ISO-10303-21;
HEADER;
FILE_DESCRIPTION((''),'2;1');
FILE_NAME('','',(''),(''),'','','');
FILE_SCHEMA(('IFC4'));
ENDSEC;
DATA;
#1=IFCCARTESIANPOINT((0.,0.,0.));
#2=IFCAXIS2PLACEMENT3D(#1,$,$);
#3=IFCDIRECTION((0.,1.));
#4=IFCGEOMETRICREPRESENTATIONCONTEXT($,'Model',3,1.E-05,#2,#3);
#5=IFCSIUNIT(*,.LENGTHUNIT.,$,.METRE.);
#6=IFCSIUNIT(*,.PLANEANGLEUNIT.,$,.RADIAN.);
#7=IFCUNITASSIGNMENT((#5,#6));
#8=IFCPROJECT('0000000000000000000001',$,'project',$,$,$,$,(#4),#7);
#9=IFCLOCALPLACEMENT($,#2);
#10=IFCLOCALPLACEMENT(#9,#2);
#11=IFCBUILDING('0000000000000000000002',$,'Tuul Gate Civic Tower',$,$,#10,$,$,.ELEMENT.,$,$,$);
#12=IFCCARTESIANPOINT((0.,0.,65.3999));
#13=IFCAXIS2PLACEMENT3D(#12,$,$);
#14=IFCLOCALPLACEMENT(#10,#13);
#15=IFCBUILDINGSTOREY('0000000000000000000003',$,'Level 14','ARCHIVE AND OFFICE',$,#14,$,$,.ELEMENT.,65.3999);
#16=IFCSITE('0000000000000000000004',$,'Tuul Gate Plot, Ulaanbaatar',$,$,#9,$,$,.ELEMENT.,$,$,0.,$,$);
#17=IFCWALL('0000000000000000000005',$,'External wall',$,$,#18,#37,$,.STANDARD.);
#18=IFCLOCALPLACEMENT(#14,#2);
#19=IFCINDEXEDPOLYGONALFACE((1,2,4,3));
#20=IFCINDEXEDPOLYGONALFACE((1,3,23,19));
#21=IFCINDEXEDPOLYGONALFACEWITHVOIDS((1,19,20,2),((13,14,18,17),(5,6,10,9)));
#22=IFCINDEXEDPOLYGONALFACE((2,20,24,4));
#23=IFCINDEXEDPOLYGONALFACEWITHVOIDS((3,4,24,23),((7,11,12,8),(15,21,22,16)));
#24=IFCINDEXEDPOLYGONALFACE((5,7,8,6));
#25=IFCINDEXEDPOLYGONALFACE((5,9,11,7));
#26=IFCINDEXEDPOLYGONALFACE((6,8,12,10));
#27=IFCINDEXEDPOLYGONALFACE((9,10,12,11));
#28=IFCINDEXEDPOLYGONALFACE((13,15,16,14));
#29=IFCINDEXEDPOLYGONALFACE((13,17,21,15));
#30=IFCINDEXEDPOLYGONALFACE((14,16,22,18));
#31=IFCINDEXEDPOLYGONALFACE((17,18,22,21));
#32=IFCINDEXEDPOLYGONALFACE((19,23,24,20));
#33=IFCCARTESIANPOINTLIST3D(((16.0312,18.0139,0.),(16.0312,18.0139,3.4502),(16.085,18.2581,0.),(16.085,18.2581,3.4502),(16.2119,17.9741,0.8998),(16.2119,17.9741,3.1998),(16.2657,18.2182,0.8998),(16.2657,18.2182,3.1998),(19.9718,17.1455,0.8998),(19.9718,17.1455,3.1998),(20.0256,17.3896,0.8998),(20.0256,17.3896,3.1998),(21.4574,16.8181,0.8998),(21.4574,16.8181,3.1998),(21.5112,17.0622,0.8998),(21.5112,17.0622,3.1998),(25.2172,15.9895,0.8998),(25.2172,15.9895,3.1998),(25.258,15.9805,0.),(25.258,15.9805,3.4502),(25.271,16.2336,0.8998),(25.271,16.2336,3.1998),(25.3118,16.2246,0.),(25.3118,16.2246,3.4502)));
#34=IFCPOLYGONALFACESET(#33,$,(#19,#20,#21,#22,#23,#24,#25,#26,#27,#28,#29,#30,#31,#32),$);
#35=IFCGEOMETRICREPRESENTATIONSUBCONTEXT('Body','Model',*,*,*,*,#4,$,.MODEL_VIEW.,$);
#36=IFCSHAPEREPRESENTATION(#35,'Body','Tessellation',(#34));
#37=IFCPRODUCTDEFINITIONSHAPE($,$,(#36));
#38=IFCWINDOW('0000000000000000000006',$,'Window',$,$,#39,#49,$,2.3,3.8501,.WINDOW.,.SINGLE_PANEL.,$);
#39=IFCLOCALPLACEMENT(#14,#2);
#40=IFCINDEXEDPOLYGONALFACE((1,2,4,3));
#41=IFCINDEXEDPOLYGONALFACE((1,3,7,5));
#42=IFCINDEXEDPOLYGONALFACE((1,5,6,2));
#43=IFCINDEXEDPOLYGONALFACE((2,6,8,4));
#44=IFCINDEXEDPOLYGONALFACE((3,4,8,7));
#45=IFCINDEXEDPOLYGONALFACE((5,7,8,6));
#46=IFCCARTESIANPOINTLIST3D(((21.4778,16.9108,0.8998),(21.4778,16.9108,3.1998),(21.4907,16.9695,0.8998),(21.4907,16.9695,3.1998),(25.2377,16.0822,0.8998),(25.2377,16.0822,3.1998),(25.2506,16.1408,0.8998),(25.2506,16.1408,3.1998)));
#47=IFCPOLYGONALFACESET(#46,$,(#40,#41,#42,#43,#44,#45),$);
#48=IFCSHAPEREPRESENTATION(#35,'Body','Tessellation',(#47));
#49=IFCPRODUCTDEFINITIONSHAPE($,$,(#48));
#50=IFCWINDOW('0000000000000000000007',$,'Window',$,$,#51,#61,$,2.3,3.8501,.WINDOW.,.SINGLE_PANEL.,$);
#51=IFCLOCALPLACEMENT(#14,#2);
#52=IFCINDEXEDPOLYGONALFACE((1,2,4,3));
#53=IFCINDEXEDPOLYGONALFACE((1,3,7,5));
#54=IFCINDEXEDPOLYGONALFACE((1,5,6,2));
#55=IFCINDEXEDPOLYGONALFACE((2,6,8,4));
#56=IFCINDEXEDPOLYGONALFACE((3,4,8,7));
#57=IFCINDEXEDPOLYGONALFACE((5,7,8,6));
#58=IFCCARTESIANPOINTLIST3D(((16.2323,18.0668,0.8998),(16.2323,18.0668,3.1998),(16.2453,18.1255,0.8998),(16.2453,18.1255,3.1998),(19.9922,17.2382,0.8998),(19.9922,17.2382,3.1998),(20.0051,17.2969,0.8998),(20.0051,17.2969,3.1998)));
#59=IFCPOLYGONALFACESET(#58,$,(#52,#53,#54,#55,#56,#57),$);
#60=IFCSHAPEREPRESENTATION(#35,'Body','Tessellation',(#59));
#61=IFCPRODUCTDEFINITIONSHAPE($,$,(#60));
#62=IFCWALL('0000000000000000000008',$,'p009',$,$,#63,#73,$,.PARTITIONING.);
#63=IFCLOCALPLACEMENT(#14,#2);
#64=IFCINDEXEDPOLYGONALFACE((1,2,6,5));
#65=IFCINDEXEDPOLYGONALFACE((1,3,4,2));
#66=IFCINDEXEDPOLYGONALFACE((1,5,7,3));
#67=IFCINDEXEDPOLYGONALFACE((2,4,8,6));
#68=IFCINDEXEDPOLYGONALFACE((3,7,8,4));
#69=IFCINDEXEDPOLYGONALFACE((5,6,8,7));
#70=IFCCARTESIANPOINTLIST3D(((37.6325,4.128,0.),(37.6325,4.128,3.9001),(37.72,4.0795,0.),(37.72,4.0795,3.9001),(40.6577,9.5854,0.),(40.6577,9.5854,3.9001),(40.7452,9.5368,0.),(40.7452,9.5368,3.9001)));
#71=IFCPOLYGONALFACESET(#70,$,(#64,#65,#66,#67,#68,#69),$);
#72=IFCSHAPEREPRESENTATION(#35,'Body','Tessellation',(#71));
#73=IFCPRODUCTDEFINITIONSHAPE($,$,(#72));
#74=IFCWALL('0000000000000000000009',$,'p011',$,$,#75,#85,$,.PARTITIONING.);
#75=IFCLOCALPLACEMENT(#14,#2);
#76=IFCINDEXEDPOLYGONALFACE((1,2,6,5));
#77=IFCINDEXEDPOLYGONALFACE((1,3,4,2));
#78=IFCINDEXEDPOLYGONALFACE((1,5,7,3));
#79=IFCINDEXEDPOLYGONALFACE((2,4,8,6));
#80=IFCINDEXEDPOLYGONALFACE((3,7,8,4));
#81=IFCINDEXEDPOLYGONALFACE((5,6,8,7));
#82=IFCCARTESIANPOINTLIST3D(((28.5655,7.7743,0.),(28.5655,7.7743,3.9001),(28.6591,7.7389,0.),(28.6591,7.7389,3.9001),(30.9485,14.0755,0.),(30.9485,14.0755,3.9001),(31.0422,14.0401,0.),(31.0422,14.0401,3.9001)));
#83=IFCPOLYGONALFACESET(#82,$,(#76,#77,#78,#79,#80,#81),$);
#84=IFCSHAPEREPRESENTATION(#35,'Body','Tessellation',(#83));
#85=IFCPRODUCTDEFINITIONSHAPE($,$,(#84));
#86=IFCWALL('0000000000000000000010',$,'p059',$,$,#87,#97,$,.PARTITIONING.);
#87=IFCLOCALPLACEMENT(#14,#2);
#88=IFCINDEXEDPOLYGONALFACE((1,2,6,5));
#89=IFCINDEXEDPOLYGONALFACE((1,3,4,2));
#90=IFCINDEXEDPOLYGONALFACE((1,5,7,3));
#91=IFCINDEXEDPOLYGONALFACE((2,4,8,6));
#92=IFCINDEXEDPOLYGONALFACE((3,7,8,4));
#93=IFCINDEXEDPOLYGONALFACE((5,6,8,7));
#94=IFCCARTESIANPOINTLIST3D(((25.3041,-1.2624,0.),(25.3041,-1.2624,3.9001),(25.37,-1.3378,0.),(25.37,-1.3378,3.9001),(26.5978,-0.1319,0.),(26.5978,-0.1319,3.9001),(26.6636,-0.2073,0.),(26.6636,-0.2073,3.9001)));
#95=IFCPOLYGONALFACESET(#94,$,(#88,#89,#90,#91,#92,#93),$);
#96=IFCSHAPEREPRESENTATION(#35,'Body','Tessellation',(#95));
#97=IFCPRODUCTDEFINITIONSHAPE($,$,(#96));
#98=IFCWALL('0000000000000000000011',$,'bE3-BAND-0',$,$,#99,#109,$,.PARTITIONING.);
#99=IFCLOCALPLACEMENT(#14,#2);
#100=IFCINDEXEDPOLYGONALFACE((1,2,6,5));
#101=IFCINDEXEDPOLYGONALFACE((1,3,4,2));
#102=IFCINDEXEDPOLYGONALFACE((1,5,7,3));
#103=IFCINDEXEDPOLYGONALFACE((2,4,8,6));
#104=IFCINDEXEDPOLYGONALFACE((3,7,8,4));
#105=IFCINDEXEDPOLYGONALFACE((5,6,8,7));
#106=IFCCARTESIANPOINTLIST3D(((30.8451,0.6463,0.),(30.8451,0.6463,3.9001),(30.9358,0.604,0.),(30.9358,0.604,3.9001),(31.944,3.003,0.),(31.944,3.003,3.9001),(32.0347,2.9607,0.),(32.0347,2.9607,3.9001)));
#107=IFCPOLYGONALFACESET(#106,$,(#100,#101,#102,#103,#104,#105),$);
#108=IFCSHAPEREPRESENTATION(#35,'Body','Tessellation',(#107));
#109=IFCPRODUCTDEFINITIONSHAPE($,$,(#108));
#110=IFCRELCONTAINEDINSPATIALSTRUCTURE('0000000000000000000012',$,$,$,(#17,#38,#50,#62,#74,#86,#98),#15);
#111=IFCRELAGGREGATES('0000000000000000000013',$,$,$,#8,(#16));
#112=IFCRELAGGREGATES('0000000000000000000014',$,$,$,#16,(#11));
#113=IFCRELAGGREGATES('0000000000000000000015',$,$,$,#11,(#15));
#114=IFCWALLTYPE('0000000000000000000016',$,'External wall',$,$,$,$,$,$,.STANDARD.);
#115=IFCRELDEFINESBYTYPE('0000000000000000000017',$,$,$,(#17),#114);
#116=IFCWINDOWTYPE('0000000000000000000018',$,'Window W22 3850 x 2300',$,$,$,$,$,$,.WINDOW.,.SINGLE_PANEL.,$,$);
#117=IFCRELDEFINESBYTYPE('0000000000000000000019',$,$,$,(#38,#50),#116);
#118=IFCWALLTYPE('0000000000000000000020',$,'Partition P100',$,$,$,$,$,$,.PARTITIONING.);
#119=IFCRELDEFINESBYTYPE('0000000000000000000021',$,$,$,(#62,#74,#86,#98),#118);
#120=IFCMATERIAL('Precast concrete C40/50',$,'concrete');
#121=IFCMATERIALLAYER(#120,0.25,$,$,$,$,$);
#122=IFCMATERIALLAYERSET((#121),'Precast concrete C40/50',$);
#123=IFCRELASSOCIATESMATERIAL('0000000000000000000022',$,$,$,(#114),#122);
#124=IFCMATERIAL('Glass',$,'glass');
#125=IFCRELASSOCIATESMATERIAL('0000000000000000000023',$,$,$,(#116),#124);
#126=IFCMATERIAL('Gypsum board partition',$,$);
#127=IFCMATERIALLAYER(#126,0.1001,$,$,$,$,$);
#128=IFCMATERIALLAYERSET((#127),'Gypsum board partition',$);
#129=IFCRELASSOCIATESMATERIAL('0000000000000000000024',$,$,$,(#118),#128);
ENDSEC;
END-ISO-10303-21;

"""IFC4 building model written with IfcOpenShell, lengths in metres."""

from ifc_helpers import new_model, si_unit, direction, frame, frame_2d, origin, place, context, subcontext, project, spatial, rectangle, extrude, material, layer, layer_set, type_object, element, fill, save


model = new_model("IFC4")

# Units and contexts
model_context = context("Model", 3, precision=1e-05, world=origin(), true_north=direction((0.0, 1.0)))
body_context = subcontext(model_context, "Body", "Model", "MODEL_VIEW")
ifc_project = project(units=[si_unit("LENGTHUNIT", "METRE"), si_unit("PLANEANGLEUNIT", "RADIAN")], contexts=[model_context])

# Site, building, storey
site_placement = place(None, origin())
site = spatial("IfcSite", under=ifc_project, at=site_placement, Name="Tuul Gate Plot, Ulaanbaatar", CompositionType="ELEMENT", RefElevation=0.0)
building_placement = place(site_placement, origin())
building = spatial("IfcBuilding", under=site, at=building_placement, Name="Tuul Gate Civic Tower", CompositionType="ELEMENT")
storey_placement = place(building_placement, frame((0.0, 0.0, 65.3999)))
storey = spatial("IfcBuildingStorey", under=building, at=storey_placement, Name="Level 14", Description="ARCHIVE AND OFFICE", CompositionType="ELEMENT", Elevation=65.3999)

# Wall, openings, windows
ifc_material_1 = material(Name="Precast concrete C40/50", Category="concrete")
ifc_layer_1 = layer(ifc_material_1, 0.25)
ifc_layer_set_1 = layer_set([ifc_layer_1], Name="Precast concrete C40/50")
wall_type_1 = type_object("IfcWallType", Name="External wall", PredefinedType="STANDARD", material=ifc_layer_set_1)
ifc_material_2 = material(Name="Glass", Category="glass")
window_type_1 = type_object("IfcWindowType", Name="Window W22 3850 x 2300", PartitioningType="SINGLE_PANEL", PredefinedType="WINDOW", material=ifc_material_2)
wall_1_placement = place(storey_placement, frame((25.2849, 16.1025, 0.0), z_axis=(0.0, 0.0, 1.0), x_axis=(-0.976566, 0.21522, 0.0)))
wall_1 = element("IfcWall", 1, at=wall_1_placement, inside=storey, type_object=wall_type_1, Name="External wall", PredefinedType="STANDARD", context=body_context, shape_type="SweptSolid", body=[
    extrude(rectangle(XDim=9.4482, YDim=0.25, at=frame_2d((4.7241, 0.0))), origin(), (0.0, 0.0, 1.0), 3.4502),
])
opening_1_placement = place(wall_1_placement, frame((0.0417, 0.0, 0.8999)))
opening_1 = element("IfcOpeningElement", 2, at=opening_1_placement, cuts=wall_1, PredefinedType="OPENING", context=body_context, shape_type="SweptSolid", body=[
    extrude(rectangle(XDim=3.8501, YDim=2.3, at=frame_2d((1.925, 1.1499))), frame((0.0, 0.135, 0.0), z_axis=(0.0, -1.0, 0.0), x_axis=(1.0, 0.0, 0.0)), (0.0, 0.0, 1.0), 0.27),
])
opening_2_placement = place(wall_1_placement, frame((5.4131, 0.0, 0.8999)))
opening_2 = element("IfcOpeningElement", 3, at=opening_2_placement, cuts=wall_1, PredefinedType="OPENING", context=body_context, shape_type="SweptSolid", body=[
    extrude(rectangle(XDim=3.8501, YDim=2.3, at=frame_2d((1.925, 1.1499))), frame((0.0, 0.135, 0.0), z_axis=(0.0, -1.0, 0.0), x_axis=(1.0, 0.0, 0.0)), (0.0, 0.0, 1.0), 0.27),
])
window_1_placement = place(opening_1_placement, origin())
window_1 = element("IfcWindow", 4, at=window_1_placement, inside=storey, type_object=window_type_1, Name="Window", OverallHeight=2.3, OverallWidth=3.8501, PartitioningType="SINGLE_PANEL", PredefinedType="WINDOW", context=body_context, shape_type="SweptSolid", body=[
    extrude(rectangle(XDim=3.8501, YDim=2.3, at=frame_2d((1.925, 1.1499))), frame((0.0, 0.03, 0.0), z_axis=(0.0, -1.0, 0.0), x_axis=(1.0, 0.0, 0.0)), (0.0, 0.0, 1.0), 0.0601),
])
fill(opening_1, window_1)
window_2_placement = place(opening_2_placement, origin())
window_2 = element("IfcWindow", 5, at=window_2_placement, inside=storey, type_object=window_type_1, Name="Window", OverallHeight=2.3, OverallWidth=3.8501, PartitioningType="SINGLE_PANEL", PredefinedType="WINDOW", context=body_context, shape_type="SweptSolid", body=[
    extrude(rectangle(XDim=3.8501, YDim=2.3, at=frame_2d((1.925, 1.1499))), frame((0.0, 0.03, 0.0), z_axis=(0.0, -1.0, 0.0), x_axis=(1.0, 0.0, 0.0)), (0.0, 0.0, 1.0), 0.0601),
])
fill(opening_2, window_2)

# Walls
ifc_material_3 = material(Name="Gypsum board partition")
ifc_layer_2 = layer(ifc_material_3, 0.1001)
ifc_layer_set_2 = layer_set([ifc_layer_2], Name="Gypsum board partition")
wall_type_2 = type_object("IfcWallType", Name="Partition P100", PredefinedType="PARTITIONING", material=ifc_layer_set_2)
wall_2_placement = place(storey_placement, frame((37.6763, 4.1038, 0.0), z_axis=(0.0, 0.0, 1.0), x_axis=(0.484825, 0.874611, 0.0)))
element("IfcWall", 6, at=wall_2_placement, inside=storey, type_object=wall_type_2, Name="p009", PredefinedType="PARTITIONING", context=body_context, shape_type="SweptSolid", body=[
    extrude(rectangle(XDim=6.2397, YDim=0.1001, at=frame_2d((3.1199, 0.0))), origin(), (0.0, 0.0, 1.0), 3.9001),
])
wall_3_placement = place(storey_placement, frame((28.6123, 7.7566, 0.0), z_axis=(0.0, 0.0, 1.0), x_axis=(0.353735, 0.935346, 0.0)))
element("IfcWall", 7, at=wall_3_placement, inside=storey, type_object=wall_type_2, Name="p011", PredefinedType="PARTITIONING", context=body_context, shape_type="SweptSolid", body=[
    extrude(rectangle(XDim=6.7368, YDim=0.1001, at=frame_2d((3.3684, 0.0))), origin(), (0.0, 0.0, 1.0), 3.9001),
])
wall_4_placement = place(storey_placement, frame((25.3372, -1.3, 0.0), z_axis=(0.0, 0.0, 1.0), x_axis=(0.752973, 0.658052, 0.0)))
element("IfcWall", 8, at=wall_4_placement, inside=storey, type_object=wall_type_2, Name="p059", PredefinedType="PARTITIONING", context=body_context, shape_type="SweptSolid", body=[
    extrude(rectangle(XDim=1.718, YDim=0.1001, at=frame_2d((0.8589, 0.0))), origin(), (0.0, 0.0, 1.0), 3.9001),
])
wall_5_placement = place(storey_placement, frame((30.8904, 0.625, 0.0), z_axis=(0.0, 0.0, 1.0), x_axis=(0.422598, 0.906317, 0.0)))
element("IfcWall", 9, at=wall_5_placement, inside=storey, type_object=wall_type_2, Name="bE3-BAND-0", PredefinedType="PARTITIONING", context=body_context, shape_type="SweptSolid", body=[
    extrude(rectangle(XDim=2.6003, YDim=0.1001, at=frame_2d((1.3003, 0.0))), origin(), (0.0, 0.0, 1.0), 3.9001),
])

save(model, "model.ifc")
